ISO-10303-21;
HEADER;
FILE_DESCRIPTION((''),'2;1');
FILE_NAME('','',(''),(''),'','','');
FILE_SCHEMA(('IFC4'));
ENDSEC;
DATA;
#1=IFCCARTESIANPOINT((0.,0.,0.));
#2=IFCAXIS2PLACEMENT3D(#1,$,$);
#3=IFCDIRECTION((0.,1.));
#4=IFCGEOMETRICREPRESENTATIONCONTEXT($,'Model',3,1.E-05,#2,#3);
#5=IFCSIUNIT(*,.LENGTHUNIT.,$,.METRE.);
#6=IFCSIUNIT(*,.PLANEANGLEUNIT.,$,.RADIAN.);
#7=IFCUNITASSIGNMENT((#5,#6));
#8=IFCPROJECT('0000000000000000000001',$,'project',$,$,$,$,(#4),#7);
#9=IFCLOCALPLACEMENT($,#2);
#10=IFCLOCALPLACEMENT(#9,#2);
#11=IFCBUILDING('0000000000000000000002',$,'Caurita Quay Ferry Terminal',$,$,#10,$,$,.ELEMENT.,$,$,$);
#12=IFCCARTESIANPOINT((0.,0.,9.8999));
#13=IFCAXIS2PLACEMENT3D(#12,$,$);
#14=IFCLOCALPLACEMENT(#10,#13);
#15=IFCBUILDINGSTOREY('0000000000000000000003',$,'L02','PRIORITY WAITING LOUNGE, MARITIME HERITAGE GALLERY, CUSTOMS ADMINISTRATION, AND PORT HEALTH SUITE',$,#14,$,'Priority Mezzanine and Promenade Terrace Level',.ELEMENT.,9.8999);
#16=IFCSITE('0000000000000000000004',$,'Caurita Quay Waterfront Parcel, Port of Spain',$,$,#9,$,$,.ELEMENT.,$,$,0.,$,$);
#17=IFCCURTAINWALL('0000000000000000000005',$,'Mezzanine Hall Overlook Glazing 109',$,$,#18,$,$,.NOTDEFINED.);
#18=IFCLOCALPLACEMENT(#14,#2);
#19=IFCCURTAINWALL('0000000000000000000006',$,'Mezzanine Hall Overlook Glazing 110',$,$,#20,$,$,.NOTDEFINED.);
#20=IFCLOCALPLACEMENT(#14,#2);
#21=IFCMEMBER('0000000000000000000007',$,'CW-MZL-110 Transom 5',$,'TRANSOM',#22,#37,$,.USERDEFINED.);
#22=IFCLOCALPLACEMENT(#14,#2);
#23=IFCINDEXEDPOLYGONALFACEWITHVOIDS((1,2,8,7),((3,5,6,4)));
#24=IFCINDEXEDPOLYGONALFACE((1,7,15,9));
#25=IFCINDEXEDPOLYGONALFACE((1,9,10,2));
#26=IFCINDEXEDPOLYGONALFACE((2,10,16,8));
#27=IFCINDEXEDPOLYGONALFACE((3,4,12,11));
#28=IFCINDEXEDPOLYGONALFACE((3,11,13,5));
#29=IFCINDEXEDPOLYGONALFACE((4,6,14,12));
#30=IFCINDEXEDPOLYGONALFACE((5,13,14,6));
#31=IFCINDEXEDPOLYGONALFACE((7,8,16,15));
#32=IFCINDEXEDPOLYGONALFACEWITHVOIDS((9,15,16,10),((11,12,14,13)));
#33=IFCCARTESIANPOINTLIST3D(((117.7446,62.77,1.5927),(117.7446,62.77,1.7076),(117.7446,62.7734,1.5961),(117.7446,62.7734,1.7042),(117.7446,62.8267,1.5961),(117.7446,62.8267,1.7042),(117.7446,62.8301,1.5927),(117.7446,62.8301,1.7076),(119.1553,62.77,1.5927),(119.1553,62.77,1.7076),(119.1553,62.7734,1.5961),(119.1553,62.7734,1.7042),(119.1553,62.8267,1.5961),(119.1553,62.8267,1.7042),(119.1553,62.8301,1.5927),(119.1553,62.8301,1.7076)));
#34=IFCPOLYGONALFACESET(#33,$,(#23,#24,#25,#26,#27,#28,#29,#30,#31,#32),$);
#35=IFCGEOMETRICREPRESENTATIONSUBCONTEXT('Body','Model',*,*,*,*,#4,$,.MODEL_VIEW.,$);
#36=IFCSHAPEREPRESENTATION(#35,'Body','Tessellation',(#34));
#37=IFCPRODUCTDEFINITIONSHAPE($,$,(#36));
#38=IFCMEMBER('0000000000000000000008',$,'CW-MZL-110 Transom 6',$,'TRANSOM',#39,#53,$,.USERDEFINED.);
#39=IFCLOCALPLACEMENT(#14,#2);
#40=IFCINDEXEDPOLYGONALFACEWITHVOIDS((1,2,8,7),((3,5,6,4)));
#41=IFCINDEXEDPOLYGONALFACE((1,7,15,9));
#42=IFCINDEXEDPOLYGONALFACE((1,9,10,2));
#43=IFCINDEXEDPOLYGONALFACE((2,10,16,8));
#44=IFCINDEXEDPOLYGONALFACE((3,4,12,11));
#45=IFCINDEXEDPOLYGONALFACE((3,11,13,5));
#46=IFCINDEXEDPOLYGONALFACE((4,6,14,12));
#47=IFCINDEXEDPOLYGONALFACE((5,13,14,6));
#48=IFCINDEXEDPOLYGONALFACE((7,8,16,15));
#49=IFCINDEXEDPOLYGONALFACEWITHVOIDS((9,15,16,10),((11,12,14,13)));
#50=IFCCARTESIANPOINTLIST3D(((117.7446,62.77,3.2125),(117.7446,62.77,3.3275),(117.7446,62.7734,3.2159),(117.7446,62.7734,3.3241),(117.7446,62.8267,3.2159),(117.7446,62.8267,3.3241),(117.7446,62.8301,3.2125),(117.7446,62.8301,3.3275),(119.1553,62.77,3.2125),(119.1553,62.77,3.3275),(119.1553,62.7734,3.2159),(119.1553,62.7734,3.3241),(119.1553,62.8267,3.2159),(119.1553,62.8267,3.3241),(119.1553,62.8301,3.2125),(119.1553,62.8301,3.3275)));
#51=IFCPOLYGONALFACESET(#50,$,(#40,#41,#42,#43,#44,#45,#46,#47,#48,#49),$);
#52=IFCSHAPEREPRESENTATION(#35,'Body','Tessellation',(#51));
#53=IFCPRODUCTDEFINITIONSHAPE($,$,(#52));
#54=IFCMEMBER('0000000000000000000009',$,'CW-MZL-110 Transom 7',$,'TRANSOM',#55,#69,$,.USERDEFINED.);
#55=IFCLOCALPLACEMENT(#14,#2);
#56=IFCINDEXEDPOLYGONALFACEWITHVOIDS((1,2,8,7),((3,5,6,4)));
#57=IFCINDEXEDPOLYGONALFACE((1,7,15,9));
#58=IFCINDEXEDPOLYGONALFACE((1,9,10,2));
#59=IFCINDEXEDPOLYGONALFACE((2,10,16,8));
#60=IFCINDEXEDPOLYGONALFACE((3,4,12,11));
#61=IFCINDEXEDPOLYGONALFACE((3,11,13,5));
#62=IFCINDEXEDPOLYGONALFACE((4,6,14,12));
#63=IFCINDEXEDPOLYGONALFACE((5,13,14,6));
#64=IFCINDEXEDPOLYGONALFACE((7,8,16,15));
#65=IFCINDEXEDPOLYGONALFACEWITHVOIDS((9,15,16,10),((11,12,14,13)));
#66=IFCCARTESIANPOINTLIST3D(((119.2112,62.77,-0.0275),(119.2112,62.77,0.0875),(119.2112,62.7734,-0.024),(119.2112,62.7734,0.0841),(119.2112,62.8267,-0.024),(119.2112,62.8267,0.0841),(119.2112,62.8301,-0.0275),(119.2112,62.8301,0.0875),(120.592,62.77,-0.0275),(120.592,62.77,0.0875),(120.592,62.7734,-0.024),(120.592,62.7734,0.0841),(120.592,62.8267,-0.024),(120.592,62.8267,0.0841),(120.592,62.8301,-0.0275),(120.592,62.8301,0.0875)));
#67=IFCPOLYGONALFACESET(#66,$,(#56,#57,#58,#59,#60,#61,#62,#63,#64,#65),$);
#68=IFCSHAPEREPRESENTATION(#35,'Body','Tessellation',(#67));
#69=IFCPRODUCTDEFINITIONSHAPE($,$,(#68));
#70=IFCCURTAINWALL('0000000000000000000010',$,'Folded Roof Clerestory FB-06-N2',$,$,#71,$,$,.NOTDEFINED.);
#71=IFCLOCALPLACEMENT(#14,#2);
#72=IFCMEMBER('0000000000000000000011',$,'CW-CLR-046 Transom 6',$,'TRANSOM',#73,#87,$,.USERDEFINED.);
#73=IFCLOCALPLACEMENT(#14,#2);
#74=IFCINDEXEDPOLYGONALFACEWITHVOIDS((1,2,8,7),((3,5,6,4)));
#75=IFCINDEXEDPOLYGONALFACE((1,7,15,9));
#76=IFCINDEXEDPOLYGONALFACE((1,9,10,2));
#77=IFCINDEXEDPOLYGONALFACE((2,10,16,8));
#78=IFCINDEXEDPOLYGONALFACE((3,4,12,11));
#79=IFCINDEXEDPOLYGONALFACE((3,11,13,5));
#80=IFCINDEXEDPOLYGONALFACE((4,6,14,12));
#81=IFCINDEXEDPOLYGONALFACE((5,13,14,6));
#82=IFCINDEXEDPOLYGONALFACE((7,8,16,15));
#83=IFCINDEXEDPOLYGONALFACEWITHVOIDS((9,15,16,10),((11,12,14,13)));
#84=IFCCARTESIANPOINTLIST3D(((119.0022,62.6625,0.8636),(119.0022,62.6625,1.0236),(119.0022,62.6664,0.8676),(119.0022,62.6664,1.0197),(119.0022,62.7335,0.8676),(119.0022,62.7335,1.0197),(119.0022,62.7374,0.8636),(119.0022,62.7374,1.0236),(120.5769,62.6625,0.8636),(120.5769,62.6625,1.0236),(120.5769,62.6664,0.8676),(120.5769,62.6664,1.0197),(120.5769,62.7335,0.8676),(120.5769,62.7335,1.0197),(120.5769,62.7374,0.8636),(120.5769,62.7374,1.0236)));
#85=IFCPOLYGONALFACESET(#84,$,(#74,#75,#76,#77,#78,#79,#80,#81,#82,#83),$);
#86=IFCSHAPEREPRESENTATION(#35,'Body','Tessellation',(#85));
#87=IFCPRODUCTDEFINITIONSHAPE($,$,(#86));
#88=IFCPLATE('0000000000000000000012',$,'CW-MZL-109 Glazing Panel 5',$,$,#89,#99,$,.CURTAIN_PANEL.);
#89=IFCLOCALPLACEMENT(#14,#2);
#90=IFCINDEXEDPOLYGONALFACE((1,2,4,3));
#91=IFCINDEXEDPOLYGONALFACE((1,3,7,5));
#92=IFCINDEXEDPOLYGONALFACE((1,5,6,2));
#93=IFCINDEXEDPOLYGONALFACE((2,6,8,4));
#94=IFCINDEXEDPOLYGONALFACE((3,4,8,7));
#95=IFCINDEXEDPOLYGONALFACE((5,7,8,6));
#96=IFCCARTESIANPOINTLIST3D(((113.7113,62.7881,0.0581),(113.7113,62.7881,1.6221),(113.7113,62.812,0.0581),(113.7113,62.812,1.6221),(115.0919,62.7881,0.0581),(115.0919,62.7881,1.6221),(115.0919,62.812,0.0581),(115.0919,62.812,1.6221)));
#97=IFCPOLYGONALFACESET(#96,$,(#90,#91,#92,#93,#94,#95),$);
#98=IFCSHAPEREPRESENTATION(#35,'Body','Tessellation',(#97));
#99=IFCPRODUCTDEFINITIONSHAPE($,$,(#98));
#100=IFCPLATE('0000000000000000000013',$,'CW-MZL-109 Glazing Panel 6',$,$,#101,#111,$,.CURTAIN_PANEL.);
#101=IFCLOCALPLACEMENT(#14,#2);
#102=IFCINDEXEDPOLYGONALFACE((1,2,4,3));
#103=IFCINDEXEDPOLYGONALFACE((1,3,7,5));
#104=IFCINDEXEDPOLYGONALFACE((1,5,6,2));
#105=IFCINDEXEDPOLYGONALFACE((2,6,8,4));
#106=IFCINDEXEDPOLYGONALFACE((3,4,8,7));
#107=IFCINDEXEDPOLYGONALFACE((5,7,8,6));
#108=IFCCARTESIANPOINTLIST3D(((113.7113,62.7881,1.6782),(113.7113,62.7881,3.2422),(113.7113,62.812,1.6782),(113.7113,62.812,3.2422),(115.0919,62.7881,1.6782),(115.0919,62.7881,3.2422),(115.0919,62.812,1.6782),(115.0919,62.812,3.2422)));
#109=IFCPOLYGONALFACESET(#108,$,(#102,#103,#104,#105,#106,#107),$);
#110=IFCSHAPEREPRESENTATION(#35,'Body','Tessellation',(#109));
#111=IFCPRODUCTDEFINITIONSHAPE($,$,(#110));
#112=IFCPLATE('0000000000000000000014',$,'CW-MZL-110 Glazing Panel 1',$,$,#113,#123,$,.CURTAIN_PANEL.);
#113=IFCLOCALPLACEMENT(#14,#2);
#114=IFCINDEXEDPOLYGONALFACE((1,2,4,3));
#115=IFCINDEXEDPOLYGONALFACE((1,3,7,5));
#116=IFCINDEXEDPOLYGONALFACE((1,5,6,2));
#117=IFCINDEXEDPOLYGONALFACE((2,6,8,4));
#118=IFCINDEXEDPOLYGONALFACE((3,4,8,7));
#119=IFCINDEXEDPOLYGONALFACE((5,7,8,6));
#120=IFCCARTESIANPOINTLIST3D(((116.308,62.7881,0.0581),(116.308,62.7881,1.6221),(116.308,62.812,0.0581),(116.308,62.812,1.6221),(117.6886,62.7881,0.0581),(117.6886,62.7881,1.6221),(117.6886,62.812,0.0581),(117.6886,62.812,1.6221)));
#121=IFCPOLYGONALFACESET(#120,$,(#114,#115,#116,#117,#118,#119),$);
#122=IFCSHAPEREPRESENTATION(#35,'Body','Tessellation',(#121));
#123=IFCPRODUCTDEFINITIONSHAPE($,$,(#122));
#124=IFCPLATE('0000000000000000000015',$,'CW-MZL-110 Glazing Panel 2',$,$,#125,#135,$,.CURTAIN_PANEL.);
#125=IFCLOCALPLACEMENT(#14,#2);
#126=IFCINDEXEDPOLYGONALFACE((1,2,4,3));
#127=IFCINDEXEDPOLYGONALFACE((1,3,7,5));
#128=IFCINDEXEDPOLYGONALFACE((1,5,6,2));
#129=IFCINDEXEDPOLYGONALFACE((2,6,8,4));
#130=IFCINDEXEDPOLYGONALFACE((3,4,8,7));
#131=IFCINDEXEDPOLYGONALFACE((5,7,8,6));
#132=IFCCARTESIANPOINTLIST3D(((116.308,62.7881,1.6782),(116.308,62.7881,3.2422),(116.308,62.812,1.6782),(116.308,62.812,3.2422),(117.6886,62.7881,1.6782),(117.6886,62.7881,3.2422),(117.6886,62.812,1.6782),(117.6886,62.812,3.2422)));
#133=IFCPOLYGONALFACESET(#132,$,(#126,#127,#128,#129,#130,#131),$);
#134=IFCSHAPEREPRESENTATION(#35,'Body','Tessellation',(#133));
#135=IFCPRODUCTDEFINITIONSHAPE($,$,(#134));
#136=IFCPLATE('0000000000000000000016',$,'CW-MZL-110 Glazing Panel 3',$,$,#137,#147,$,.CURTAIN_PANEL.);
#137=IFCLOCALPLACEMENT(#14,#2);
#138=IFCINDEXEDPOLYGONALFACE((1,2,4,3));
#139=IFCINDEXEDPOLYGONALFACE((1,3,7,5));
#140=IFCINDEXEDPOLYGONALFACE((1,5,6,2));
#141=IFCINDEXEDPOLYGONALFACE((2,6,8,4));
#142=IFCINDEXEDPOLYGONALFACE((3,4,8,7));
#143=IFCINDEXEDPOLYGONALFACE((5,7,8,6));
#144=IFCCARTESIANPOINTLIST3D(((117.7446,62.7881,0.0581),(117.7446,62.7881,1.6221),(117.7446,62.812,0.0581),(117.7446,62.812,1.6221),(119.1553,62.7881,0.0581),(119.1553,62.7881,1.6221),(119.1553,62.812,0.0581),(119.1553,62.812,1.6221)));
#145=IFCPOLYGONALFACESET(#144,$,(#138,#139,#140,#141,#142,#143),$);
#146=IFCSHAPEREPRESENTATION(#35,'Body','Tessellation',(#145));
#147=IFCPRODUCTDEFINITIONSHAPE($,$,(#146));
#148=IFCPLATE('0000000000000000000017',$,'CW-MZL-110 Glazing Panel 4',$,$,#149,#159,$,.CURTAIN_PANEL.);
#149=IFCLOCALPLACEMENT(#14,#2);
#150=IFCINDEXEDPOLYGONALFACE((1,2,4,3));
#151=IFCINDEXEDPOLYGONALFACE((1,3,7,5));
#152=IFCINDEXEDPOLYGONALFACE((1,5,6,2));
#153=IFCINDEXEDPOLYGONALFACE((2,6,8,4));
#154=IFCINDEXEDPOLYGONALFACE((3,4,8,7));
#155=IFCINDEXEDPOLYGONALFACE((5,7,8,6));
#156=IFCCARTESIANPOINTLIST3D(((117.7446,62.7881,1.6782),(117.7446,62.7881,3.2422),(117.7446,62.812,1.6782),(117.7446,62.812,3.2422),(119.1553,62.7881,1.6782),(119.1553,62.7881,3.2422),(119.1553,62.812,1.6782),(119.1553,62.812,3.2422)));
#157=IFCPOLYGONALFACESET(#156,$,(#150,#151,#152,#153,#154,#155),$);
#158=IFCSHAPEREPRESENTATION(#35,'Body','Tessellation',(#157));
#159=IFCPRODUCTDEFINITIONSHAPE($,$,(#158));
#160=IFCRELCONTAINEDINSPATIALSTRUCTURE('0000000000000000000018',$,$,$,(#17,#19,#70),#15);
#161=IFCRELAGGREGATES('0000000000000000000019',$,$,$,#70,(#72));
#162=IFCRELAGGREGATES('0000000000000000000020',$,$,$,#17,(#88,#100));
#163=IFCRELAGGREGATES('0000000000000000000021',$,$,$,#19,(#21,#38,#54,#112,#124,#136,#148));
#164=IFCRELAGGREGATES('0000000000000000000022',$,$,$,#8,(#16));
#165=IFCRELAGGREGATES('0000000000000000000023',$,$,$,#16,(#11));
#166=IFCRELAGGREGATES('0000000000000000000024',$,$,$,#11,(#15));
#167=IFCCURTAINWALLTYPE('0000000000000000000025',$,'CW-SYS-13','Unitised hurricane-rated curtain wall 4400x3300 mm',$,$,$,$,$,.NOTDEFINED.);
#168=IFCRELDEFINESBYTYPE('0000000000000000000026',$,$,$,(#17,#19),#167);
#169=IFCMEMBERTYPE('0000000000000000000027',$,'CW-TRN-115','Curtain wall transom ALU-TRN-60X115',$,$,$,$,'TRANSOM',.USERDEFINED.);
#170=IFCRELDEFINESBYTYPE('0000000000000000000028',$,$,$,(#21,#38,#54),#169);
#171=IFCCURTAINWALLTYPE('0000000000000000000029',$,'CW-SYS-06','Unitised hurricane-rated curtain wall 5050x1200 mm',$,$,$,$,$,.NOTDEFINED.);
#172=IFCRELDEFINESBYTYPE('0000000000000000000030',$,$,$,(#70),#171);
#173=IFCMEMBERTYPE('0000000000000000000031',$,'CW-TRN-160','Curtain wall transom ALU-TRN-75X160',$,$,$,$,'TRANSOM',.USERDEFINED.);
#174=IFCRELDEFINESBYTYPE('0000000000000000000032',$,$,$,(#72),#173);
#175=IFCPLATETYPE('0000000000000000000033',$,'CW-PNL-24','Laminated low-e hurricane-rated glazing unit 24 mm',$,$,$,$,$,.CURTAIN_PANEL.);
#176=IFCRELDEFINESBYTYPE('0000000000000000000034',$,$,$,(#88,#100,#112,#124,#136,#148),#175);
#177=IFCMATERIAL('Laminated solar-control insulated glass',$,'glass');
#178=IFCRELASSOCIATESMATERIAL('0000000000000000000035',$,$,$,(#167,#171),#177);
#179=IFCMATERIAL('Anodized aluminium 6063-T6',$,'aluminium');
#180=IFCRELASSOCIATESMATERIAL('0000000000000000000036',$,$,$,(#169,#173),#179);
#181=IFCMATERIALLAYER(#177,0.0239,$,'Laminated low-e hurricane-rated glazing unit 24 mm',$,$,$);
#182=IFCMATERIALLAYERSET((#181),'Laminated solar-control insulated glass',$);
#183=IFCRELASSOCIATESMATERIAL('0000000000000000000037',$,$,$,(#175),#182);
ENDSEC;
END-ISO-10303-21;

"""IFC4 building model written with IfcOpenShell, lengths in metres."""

from ifc_helpers import new_model, si_unit, direction, frame, origin, origin_2d, place, context, subcontext, project, spatial, rectangle, hollow_rectangle, extrude, material, layer, layer_set, material_profile, profile_set, type_object, element, aggregate, save


model = new_model("IFC4")

# Units and contexts
model_context = context("Model", 3, precision=1e-05, world=origin(), true_north=direction((0.0, 1.0)))
body_context = subcontext(model_context, "Body", "Model", "MODEL_VIEW")
ifc_project = project(units=[si_unit("LENGTHUNIT", "METRE"), si_unit("PLANEANGLEUNIT", "RADIAN")], contexts=[model_context])

# Site, building, storey
site_placement = place(None, origin())
site = spatial("IfcSite", under=ifc_project, at=site_placement, Name="Caurita Quay Waterfront Parcel, Port of Spain", CompositionType="ELEMENT", RefElevation=0.0)
building_placement = place(site_placement, origin())
building = spatial("IfcBuilding", under=site, at=building_placement, Name="Caurita Quay Ferry Terminal", CompositionType="ELEMENT")
storey_placement = place(building_placement, frame((0.0, 0.0, 9.8999)))
storey = spatial("IfcBuildingStorey", under=building, at=storey_placement, Name="L02", Description="PRIORITY WAITING LOUNGE, MARITIME HERITAGE GALLERY, CUSTOMS ADMINISTRATION, AND PORT HEALTH SUITE", LongName="Priority Mezzanine and Promenade Terrace Level", CompositionType="ELEMENT", Elevation=9.8999)

# Curtain wall
ifc_material_1 = material(Name="Laminated solar-control insulated glass", Category="glass")
curtain_wall_type_1 = type_object("IfcCurtainWallType", Name="CW-SYS-13", Description="Unitised hurricane-rated curtain wall 4400x3300 mm", PredefinedType="NOTDEFINED", material=ifc_material_1)
curtain_wall_1_placement = place(storey_placement, origin())
curtain_wall_1 = element("IfcCurtainWall", 1, at=curtain_wall_1_placement, inside=storey, type_object=curtain_wall_type_1, Name="Mezzanine Hall Overlook Glazing 109", PredefinedType="NOTDEFINED")
ifc_material_2 = material(Name="Anodized aluminium 6063-T6", Category="aluminium")

# Curtain wall
curtain_wall_2_placement = place(storey_placement, origin())
curtain_wall_2 = element("IfcCurtainWall", 2, at=curtain_wall_2_placement, inside=storey, type_object=curtain_wall_type_1, Name="Mezzanine Hall Overlook Glazing 110", PredefinedType="NOTDEFINED")

# Members
ifc_material_profile_1 = material_profile(ifc_material_2, hollow_rectangle(XDim=0.0601, YDim=0.115, WallThickness=0.0034, at=origin_2d()), Name="ALU-TRN-60X115")
ifc_profile_set_1 = profile_set([ifc_material_profile_1], Name="Anodized aluminium 6063-T6")
member_type_1 = type_object("IfcMemberType", Name="CW-TRN-115", Description="Curtain wall transom ALU-TRN-60X115", ElementType="TRANSOM", PredefinedType="USERDEFINED", material=ifc_profile_set_1)
member_1_placement = place(storey_placement, frame((117.7446, 62.8, 1.6501), z_axis=(1.0, 0.0, 0.0), x_axis=(0.0, 1.0, 0.0)))
member_1 = element("IfcMember", 3, at=member_1_placement, type_object=member_type_1, Name="CW-MZL-110 Transom 5", ObjectType="TRANSOM", PredefinedType="USERDEFINED", context=body_context, shape_type="SweptSolid", body=[
    extrude(hollow_rectangle(XDim=0.0601, YDim=0.115, WallThickness=0.0034, at=origin_2d()), origin(), (0.0, 0.0, 1.0), 1.4106),
])
member_2_placement = place(storey_placement, frame((117.7446, 62.8, 3.27), z_axis=(1.0, 0.0, 0.0), x_axis=(0.0, 1.0, 0.0)))
member_2 = element("IfcMember", 4, at=member_2_placement, type_object=member_type_1, Name="CW-MZL-110 Transom 6", ObjectType="TRANSOM", PredefinedType="USERDEFINED", context=body_context, shape_type="SweptSolid", body=[
    extrude(hollow_rectangle(XDim=0.0601, YDim=0.115, WallThickness=0.0034, at=origin_2d()), origin(), (0.0, 0.0, 1.0), 1.4106),
])
member_3_placement = place(storey_placement, frame((119.2112, 62.8, 0.03), z_axis=(1.0, 0.0, 0.0), x_axis=(0.0, 1.0, 0.0)))
member_3 = element("IfcMember", 5, at=member_3_placement, type_object=member_type_1, Name="CW-MZL-110 Transom 7", ObjectType="TRANSOM", PredefinedType="USERDEFINED", context=body_context, shape_type="SweptSolid", body=[
    extrude(hollow_rectangle(XDim=0.0601, YDim=0.115, WallThickness=0.0034, at=origin_2d()), origin(), (0.0, 0.0, 1.0), 1.3809),
])

# Curtain wall, member
curtain_wall_type_2 = type_object("IfcCurtainWallType", Name="CW-SYS-06", Description="Unitised hurricane-rated curtain wall 5050x1200 mm", PredefinedType="NOTDEFINED", material=ifc_material_1)
curtain_wall_3_placement = place(storey_placement, origin())
curtain_wall_3 = element("IfcCurtainWall", 6, at=curtain_wall_3_placement, inside=storey, type_object=curtain_wall_type_2, Name="Folded Roof Clerestory FB-06-N2", PredefinedType="NOTDEFINED")
ifc_material_profile_2 = material_profile(ifc_material_2, hollow_rectangle(XDim=0.075, YDim=0.1599, WallThickness=0.0039, at=origin_2d()), Name="ALU-TRN-75X160")
ifc_profile_set_2 = profile_set([ifc_material_profile_2], Name="Anodized aluminium 6063-T6")
member_type_2 = type_object("IfcMemberType", Name="CW-TRN-160", Description="Curtain wall transom ALU-TRN-75X160", ElementType="TRANSOM", PredefinedType="USERDEFINED", material=ifc_profile_set_2)
member_4_placement = place(storey_placement, frame((119.0022, 62.7, 0.9436), z_axis=(1.0, 0.0, 0.0), x_axis=(0.0, 1.0, 0.0)))
member_4 = element("IfcMember", 7, at=member_4_placement, type_object=member_type_2, Name="CW-CLR-046 Transom 6", ObjectType="TRANSOM", PredefinedType="USERDEFINED", context=body_context, shape_type="SweptSolid", body=[
    extrude(hollow_rectangle(XDim=0.075, YDim=0.1599, WallThickness=0.0039, at=origin_2d()), origin(), (0.0, 0.0, 1.0), 1.5747),
])
aggregate(curtain_wall_3, [member_4])

# Plates
ifc_layer = layer(ifc_material_1, 0.0239, Name="Laminated low-e hurricane-rated glazing unit 24 mm")
ifc_layer_set = layer_set([ifc_layer], Name="Laminated solar-control insulated glass")
plate_type = type_object("IfcPlateType", Name="CW-PNL-24", Description="Laminated low-e hurricane-rated glazing unit 24 mm", PredefinedType="CURTAIN_PANEL", material=ifc_layer_set)
plate_1_placement = place(storey_placement, frame((114.4016, 62.8, 0.0581), z_axis=(0.0, 0.0, 1.0), x_axis=(1.0, 0.0, 0.0)))
plate_1 = element("IfcPlate", 8, at=plate_1_placement, type_object=plate_type, Name="CW-MZL-109 Glazing Panel 5", PredefinedType="CURTAIN_PANEL", context=body_context, shape_type="SweptSolid", body=[
    extrude(rectangle(XDim=1.3806, YDim=0.0239, at=origin_2d()), origin(), (0.0, 0.0, 1.0), 1.564),
])
plate_2_placement = place(storey_placement, frame((114.4016, 62.8, 1.6782), z_axis=(0.0, 0.0, 1.0), x_axis=(1.0, 0.0, 0.0)))
plate_2 = element("IfcPlate", 9, at=plate_2_placement, type_object=plate_type, Name="CW-MZL-109 Glazing Panel 6", PredefinedType="CURTAIN_PANEL", context=body_context, shape_type="SweptSolid", body=[
    extrude(rectangle(XDim=1.3806, YDim=0.0239, at=origin_2d()), origin(), (0.0, 0.0, 1.0), 1.564),
])
aggregate(curtain_wall_1, [plate_1, plate_2])
plate_3_placement = place(storey_placement, frame((116.9983, 62.8, 0.0581), z_axis=(0.0, 0.0, 1.0), x_axis=(1.0, 0.0, 0.0)))
plate_3 = element("IfcPlate", 10, at=plate_3_placement, type_object=plate_type, Name="CW-MZL-110 Glazing Panel 1", PredefinedType="CURTAIN_PANEL", context=body_context, shape_type="SweptSolid", body=[
    extrude(rectangle(XDim=1.3806, YDim=0.0239, at=origin_2d()), origin(), (0.0, 0.0, 1.0), 1.564),
])
plate_4_placement = place(storey_placement, frame((116.9983, 62.8, 1.6782), z_axis=(0.0, 0.0, 1.0), x_axis=(1.0, 0.0, 0.0)))
plate_4 = element("IfcPlate", 11, at=plate_4_placement, type_object=plate_type, Name="CW-MZL-110 Glazing Panel 2", PredefinedType="CURTAIN_PANEL", context=body_context, shape_type="SweptSolid", body=[
    extrude(rectangle(XDim=1.3806, YDim=0.0239, at=origin_2d()), origin(), (0.0, 0.0, 1.0), 1.564),
])
plate_5_placement = place(storey_placement, frame((118.45, 62.8, 0.0581), z_axis=(0.0, 0.0, 1.0), x_axis=(1.0, 0.0, 0.0)))
plate_5 = element("IfcPlate", 12, at=plate_5_placement, type_object=plate_type, Name="CW-MZL-110 Glazing Panel 3", PredefinedType="CURTAIN_PANEL", context=body_context, shape_type="SweptSolid", body=[
    extrude(rectangle(XDim=1.4106, YDim=0.0239, at=origin_2d()), origin(), (0.0, 0.0, 1.0), 1.564),
])
plate_6_placement = place(storey_placement, frame((118.45, 62.8, 1.6782), z_axis=(0.0, 0.0, 1.0), x_axis=(1.0, 0.0, 0.0)))
plate_6 = element("IfcPlate", 13, at=plate_6_placement, type_object=plate_type, Name="CW-MZL-110 Glazing Panel 4", PredefinedType="CURTAIN_PANEL", context=body_context, shape_type="SweptSolid", body=[
    extrude(rectangle(XDim=1.4106, YDim=0.0239, at=origin_2d()), origin(), (0.0, 0.0, 1.0), 1.564),
])
aggregate(curtain_wall_2, [member_1, member_2, member_3, plate_3, plate_4, plate_5, plate_6])

save(model, "model.ifc")
